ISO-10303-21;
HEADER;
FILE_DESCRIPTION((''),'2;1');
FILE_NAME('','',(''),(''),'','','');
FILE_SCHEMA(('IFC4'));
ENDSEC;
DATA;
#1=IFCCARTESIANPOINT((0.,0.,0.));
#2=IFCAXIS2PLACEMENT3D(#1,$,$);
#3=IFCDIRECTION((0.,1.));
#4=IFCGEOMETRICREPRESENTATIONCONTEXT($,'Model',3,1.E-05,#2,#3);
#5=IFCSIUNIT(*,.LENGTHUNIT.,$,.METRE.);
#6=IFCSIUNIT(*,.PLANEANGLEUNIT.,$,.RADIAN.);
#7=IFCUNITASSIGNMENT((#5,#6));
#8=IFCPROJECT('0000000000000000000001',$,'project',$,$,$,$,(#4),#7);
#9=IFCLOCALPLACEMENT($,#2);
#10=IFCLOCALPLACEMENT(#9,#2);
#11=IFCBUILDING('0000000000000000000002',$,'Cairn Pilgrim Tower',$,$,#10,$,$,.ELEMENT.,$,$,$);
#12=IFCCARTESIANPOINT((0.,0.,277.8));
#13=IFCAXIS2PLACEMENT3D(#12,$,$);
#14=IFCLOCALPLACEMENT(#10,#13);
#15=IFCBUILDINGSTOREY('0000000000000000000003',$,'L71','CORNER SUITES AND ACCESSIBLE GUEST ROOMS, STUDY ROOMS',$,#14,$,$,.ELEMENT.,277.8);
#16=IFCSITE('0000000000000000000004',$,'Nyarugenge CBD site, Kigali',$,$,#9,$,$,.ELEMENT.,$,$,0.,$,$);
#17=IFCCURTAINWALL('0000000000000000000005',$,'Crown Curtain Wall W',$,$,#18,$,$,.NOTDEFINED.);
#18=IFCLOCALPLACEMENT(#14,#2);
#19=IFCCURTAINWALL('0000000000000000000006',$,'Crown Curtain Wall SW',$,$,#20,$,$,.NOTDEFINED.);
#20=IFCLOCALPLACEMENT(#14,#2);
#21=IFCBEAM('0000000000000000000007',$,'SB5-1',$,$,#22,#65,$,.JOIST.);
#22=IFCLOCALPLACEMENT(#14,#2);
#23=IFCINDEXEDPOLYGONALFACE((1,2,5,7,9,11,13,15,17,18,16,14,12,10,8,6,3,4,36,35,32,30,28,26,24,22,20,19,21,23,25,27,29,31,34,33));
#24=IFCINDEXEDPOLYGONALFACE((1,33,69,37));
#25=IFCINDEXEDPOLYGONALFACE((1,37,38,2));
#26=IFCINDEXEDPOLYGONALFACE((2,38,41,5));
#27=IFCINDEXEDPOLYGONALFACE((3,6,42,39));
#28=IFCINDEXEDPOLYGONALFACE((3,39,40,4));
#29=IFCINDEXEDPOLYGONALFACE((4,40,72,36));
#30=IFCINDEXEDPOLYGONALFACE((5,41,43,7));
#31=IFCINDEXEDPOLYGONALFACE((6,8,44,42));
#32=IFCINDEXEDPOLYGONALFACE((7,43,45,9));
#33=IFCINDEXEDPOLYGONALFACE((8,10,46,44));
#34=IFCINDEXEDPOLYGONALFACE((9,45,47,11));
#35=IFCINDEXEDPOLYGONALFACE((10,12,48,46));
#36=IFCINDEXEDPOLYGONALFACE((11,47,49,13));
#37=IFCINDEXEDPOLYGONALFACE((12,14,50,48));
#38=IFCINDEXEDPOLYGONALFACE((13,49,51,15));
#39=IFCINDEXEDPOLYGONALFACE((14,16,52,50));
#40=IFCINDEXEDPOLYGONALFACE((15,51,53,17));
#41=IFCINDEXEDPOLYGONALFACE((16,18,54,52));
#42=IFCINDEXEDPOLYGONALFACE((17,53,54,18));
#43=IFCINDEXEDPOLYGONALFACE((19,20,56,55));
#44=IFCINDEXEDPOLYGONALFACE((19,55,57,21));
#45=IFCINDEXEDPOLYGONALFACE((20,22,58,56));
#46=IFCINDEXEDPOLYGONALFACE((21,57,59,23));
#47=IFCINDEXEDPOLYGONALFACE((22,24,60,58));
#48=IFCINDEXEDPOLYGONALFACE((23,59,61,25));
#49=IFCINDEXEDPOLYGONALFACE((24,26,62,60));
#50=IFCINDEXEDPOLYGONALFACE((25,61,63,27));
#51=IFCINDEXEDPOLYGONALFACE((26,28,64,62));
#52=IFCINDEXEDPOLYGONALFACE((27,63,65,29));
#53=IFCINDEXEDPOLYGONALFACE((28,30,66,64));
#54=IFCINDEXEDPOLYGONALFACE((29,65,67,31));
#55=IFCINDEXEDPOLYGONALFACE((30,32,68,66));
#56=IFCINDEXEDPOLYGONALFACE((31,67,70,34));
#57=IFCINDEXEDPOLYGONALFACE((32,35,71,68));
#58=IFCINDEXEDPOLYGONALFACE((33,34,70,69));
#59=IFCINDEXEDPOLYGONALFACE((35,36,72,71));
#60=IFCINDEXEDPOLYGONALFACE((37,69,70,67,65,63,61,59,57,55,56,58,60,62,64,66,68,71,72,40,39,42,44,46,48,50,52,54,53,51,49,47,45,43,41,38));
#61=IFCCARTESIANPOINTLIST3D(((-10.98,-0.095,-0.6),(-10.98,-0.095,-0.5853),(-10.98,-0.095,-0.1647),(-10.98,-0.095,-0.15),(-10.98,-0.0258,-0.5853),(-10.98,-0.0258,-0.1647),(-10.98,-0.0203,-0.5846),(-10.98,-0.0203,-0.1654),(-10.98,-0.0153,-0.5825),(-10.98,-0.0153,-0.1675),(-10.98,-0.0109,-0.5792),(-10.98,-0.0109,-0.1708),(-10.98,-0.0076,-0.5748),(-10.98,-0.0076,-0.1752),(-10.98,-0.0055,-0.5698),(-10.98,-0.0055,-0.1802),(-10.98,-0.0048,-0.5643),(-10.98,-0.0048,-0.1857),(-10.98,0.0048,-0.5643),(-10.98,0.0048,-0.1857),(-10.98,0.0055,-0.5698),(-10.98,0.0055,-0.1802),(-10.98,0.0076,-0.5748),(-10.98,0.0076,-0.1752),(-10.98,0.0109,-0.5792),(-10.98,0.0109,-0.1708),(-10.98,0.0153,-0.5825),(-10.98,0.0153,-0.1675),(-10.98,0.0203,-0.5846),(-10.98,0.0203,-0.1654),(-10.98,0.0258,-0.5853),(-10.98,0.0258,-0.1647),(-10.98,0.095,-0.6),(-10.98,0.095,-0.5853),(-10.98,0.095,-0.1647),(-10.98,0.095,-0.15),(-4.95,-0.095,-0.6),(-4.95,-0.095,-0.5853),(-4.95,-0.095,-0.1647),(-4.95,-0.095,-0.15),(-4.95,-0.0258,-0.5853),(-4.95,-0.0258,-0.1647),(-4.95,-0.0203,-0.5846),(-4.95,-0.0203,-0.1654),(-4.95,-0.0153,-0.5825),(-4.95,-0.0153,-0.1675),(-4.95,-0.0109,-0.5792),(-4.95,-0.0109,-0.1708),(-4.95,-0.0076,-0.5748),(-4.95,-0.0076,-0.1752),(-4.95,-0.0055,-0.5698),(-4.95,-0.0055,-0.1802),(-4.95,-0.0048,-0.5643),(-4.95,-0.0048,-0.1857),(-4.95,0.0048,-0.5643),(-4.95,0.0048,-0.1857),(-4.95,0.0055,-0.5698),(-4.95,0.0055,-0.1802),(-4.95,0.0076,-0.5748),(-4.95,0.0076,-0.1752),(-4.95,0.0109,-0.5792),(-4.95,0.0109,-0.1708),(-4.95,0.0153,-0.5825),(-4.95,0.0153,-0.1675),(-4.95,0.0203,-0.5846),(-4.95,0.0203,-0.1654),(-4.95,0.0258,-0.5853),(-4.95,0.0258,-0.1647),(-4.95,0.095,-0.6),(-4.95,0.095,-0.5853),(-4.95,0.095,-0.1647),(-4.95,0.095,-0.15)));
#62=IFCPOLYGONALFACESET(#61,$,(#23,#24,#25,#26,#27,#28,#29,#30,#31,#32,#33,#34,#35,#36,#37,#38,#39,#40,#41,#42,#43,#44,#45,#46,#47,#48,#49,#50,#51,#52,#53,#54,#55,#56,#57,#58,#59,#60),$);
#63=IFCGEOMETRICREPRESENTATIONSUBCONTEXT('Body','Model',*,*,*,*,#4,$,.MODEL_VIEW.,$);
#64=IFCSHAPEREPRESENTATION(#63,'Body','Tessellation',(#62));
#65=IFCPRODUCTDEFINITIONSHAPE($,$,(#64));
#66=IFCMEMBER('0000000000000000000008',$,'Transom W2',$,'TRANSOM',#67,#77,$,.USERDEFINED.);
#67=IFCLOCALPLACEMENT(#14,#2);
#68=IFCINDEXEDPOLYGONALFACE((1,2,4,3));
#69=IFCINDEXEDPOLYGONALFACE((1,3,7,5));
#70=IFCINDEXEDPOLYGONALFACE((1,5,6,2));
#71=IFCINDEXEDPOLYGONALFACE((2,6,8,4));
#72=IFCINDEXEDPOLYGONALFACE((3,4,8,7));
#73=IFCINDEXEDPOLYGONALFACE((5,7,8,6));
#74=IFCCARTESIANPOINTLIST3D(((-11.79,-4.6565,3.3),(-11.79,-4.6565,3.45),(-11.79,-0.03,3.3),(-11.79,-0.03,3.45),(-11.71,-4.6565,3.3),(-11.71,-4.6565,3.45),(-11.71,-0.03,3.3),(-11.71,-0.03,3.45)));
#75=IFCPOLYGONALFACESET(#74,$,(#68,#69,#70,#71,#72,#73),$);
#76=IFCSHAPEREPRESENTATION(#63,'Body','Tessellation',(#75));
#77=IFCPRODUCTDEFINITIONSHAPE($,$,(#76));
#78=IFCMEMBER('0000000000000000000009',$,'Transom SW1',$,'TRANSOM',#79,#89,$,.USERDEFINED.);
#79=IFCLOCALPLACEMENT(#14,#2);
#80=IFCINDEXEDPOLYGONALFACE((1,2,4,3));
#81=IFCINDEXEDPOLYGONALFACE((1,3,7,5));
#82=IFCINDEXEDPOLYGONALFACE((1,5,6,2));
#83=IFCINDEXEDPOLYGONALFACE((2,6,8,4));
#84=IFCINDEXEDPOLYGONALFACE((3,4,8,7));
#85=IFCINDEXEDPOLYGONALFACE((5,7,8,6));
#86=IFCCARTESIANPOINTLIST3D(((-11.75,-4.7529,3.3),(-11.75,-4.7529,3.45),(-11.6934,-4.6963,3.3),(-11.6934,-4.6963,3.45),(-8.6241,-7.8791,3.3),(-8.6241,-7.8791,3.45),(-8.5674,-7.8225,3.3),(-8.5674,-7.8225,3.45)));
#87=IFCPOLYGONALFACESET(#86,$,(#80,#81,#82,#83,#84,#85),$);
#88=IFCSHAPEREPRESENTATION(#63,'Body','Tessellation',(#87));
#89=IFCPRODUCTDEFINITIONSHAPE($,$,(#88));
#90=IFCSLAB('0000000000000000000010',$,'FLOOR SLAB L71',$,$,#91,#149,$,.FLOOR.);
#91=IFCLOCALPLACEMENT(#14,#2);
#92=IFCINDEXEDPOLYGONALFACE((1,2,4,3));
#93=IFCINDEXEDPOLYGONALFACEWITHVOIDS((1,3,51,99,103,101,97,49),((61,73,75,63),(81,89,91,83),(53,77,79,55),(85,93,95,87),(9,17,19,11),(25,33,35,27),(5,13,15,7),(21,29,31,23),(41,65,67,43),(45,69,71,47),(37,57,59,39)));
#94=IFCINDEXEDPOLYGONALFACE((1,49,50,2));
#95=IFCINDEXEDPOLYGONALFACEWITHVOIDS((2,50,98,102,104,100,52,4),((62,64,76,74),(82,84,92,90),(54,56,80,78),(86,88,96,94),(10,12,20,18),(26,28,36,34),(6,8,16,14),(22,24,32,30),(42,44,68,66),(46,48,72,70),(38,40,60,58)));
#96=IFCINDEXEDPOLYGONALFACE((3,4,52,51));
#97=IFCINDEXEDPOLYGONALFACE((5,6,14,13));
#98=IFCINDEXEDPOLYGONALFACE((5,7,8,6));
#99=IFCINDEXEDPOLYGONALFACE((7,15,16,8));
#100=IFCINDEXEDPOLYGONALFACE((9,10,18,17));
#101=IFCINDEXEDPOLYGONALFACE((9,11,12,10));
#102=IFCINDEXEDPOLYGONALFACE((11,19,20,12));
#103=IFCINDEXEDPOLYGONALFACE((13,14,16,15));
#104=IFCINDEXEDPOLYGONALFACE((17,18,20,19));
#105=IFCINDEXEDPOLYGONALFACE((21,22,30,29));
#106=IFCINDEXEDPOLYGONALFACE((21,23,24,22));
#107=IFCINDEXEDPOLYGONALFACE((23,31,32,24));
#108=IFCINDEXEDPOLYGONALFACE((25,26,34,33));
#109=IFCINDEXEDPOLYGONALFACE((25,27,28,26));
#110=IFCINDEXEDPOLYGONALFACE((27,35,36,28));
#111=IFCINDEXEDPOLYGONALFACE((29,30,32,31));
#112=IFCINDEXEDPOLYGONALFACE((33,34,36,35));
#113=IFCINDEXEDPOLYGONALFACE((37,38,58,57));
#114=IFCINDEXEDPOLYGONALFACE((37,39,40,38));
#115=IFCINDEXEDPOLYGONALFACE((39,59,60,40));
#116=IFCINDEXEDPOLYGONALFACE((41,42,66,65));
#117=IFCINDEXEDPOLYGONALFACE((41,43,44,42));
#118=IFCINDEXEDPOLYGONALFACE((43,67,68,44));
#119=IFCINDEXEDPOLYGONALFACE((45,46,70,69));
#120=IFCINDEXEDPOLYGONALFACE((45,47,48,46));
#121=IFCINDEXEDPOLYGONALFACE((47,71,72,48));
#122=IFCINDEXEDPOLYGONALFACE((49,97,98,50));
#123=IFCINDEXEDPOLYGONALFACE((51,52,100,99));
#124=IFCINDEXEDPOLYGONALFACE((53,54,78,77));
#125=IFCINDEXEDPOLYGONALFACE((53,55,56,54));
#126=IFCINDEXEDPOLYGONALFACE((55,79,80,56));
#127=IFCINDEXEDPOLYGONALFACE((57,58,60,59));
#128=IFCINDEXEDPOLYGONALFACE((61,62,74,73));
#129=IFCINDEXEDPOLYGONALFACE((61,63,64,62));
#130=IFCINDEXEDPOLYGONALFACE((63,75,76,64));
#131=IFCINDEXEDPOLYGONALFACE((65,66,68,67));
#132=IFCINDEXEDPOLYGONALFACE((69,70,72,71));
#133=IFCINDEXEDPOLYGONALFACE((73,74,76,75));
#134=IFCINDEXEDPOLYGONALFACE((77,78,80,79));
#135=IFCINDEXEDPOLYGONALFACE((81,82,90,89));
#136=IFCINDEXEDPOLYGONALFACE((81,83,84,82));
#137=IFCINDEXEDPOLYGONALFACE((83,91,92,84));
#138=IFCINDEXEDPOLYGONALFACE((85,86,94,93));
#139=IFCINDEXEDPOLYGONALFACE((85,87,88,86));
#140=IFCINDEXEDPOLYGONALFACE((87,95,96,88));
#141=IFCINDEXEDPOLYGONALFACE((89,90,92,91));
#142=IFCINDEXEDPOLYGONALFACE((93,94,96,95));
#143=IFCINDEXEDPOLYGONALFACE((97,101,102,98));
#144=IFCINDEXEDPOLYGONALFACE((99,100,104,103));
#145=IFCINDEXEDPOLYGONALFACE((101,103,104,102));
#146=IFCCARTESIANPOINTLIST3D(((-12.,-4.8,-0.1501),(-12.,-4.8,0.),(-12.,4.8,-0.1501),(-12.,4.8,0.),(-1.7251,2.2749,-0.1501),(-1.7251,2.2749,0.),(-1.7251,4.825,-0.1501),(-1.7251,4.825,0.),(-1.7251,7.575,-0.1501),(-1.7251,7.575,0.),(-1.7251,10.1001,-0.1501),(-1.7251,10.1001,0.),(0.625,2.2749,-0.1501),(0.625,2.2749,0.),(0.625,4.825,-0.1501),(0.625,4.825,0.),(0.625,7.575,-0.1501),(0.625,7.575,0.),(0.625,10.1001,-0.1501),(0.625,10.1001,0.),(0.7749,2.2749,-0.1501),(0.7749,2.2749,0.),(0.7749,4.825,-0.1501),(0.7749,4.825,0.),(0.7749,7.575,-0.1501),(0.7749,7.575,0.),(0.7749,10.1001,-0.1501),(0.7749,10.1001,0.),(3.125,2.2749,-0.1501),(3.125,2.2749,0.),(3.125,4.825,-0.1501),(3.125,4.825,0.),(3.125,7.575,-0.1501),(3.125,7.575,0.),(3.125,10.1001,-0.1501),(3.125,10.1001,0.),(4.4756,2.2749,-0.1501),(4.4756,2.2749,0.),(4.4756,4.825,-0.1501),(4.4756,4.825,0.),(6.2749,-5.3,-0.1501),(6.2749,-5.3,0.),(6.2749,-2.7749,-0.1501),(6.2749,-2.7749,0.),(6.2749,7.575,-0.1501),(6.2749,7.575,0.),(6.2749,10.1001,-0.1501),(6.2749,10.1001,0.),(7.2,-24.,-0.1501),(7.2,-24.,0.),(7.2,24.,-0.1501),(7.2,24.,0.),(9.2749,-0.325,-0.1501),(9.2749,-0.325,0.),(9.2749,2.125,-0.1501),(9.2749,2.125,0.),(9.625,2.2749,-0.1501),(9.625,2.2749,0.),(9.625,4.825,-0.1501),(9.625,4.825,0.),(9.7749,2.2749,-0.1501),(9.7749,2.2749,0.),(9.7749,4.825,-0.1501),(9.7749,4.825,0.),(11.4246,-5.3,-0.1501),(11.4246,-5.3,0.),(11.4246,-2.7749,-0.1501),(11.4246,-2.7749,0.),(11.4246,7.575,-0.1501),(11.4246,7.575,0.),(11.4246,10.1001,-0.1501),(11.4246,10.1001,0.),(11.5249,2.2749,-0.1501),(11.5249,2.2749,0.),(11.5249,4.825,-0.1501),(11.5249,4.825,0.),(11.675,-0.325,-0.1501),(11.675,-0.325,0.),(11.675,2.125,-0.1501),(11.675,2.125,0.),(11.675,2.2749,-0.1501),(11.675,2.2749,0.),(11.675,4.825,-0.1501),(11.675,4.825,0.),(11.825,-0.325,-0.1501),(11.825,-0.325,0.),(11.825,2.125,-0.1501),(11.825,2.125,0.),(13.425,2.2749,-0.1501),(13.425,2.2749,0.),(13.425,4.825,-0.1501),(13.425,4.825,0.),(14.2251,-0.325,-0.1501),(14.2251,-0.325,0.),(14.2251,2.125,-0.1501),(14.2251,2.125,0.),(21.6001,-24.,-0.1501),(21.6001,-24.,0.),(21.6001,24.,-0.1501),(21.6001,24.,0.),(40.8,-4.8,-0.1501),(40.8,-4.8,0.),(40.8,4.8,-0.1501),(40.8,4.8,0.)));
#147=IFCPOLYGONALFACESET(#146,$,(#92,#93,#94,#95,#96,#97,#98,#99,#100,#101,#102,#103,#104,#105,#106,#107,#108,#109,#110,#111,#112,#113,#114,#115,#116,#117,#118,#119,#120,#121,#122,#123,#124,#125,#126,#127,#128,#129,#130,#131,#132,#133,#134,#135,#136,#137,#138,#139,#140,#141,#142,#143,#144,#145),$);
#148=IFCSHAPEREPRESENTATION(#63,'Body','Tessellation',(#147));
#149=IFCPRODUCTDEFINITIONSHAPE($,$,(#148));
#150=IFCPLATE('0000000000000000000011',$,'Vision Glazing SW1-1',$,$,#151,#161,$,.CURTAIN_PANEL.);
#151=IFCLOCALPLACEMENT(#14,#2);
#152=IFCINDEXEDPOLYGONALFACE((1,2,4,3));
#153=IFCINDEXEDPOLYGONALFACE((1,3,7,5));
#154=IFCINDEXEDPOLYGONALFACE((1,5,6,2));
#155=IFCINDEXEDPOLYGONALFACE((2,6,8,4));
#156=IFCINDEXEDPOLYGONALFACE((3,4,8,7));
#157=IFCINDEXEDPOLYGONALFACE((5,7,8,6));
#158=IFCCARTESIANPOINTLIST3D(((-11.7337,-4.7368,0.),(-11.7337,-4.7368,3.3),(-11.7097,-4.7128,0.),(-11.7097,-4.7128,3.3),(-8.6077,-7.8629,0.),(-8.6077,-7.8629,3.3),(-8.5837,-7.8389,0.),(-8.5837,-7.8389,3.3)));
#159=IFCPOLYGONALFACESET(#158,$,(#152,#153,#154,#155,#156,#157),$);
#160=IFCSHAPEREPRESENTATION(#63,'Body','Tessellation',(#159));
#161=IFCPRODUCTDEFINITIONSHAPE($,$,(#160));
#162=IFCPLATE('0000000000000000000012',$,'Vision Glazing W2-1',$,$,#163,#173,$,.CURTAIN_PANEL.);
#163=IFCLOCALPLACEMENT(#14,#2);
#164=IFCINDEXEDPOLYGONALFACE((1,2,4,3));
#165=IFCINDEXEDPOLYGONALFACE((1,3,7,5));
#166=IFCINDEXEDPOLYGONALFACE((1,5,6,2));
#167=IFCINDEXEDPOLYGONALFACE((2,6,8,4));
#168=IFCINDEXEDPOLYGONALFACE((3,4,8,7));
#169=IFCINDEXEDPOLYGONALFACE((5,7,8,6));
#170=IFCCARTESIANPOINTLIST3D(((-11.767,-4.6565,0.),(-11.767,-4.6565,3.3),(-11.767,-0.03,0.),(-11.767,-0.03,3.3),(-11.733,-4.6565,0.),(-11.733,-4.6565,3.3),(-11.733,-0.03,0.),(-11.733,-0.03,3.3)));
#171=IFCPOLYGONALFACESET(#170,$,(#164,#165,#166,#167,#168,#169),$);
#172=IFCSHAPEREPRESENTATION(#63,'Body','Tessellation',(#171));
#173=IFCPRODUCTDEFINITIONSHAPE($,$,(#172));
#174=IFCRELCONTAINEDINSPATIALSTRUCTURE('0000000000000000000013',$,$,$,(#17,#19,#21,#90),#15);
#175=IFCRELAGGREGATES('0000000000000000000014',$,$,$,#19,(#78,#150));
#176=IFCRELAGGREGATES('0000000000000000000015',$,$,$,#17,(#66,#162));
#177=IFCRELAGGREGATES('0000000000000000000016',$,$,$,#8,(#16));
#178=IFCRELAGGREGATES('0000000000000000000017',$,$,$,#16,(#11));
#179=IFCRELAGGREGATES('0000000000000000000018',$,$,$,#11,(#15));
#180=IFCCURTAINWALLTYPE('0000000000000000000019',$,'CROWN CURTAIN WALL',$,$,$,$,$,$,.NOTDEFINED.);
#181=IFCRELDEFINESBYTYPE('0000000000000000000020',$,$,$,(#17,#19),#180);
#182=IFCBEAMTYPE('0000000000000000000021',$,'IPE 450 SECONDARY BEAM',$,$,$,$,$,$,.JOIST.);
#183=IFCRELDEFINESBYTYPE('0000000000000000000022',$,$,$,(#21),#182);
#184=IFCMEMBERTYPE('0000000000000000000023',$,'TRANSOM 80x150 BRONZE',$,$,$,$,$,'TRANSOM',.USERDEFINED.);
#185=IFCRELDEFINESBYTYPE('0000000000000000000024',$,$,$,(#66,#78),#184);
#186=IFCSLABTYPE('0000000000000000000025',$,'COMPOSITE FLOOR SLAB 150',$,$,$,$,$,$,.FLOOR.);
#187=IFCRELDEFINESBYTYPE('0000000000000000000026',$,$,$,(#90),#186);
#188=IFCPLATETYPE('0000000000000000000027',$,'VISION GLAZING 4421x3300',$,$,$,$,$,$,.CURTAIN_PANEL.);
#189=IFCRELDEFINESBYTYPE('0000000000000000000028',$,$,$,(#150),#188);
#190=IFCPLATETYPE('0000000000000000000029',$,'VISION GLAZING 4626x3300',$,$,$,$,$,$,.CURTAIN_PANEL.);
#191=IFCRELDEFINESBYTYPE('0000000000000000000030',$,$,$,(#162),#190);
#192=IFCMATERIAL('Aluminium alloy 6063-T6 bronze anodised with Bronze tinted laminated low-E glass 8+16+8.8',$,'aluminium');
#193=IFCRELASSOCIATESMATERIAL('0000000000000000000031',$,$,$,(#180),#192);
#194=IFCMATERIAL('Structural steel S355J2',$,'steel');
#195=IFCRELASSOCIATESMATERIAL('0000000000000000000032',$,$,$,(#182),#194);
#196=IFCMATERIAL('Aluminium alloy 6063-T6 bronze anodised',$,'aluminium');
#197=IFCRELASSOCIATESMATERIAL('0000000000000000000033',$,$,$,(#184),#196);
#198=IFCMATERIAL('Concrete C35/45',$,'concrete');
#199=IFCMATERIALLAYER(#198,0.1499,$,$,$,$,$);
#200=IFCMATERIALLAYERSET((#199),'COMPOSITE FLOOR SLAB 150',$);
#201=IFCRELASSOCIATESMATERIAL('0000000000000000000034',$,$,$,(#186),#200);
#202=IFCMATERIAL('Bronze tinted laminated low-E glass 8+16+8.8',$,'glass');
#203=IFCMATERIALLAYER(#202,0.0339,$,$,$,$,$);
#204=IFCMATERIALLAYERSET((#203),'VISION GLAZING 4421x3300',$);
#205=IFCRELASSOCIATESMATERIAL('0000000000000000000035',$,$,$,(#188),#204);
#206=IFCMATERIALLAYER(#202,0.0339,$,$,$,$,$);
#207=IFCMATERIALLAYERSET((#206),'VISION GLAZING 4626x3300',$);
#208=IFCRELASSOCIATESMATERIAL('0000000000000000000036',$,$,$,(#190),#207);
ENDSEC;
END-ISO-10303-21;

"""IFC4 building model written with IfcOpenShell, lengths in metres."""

from ifc_helpers import new_model, si_unit, direction, frame, origin, origin_2d, place, context, subcontext, project, spatial, polyline, rectangle, i_section, outline, extrude, material, layer, layer_set, material_profile, profile_set, type_object, element, aggregate, save


model = new_model("IFC4")

# Units and contexts
model_context = context("Model", 3, precision=1e-05, world=origin(), true_north=direction((0.0, 1.0)))
body_context = subcontext(model_context, "Body", "Model", "MODEL_VIEW")
ifc_project = project(units=[si_unit("LENGTHUNIT", "METRE"), si_unit("PLANEANGLEUNIT", "RADIAN")], contexts=[model_context])

# Site, building, storey
site_placement = place(None, origin())
site = spatial("IfcSite", under=ifc_project, at=site_placement, Name="Nyarugenge CBD site, Kigali", CompositionType="ELEMENT", RefElevation=0.0)
building_placement = place(site_placement, origin())
building = spatial("IfcBuilding", under=site, at=building_placement, Name="Cairn Pilgrim Tower", CompositionType="ELEMENT")
storey_placement = place(building_placement, frame((0.0, 0.0, 277.8)))
storey = spatial("IfcBuildingStorey", under=building, at=storey_placement, Name="L71", Description="CORNER SUITES AND ACCESSIBLE GUEST ROOMS, STUDY ROOMS", CompositionType="ELEMENT", Elevation=277.8)

# Shared definitions
ifc_material_1 = material(Name="Structural steel S355J2", Category="steel")

# Curtain wall
ifc_material_2 = material(Name="Aluminium alloy 6063-T6 bronze anodised with Bronze tinted laminated low-E glass 8+16+8.8", Category="aluminium")
curtain_wall_type = type_object("IfcCurtainWallType", Name="CROWN CURTAIN WALL", PredefinedType="NOTDEFINED", material=ifc_material_2)
curtain_wall_1_placement = place(storey_placement, origin())
curtain_wall_1 = element("IfcCurtainWall", 1, at=curtain_wall_1_placement, inside=storey, type_object=curtain_wall_type, Name="Crown Curtain Wall W", PredefinedType="NOTDEFINED")
ifc_material_3 = material(Name="Aluminium alloy 6063-T6 bronze anodised", Category="aluminium")

# Curtain wall
curtain_wall_2_placement = place(storey_placement, origin())
curtain_wall_2 = element("IfcCurtainWall", 2, at=curtain_wall_2_placement, inside=storey, type_object=curtain_wall_type, Name="Crown Curtain Wall SW", PredefinedType="NOTDEFINED")

# Beam
ifc_material_profile_1 = material_profile(ifc_material_1, i_section(OverallWidth=0.1899, OverallDepth=0.45, WebThickness=0.0095, FlangeThickness=0.0146, FilletRadius=0.021, at=origin_2d()), Name="IPE 450")
ifc_profile_set_1 = profile_set([ifc_material_profile_1], Name="Structural steel S355J2")
beam_type_1 = type_object("IfcBeamType", Name="IPE 450 SECONDARY BEAM", PredefinedType="JOIST", material=ifc_profile_set_1)
beam_1_placement = place(storey_placement, frame((-10.98, 0.0, -0.375), z_axis=(1.0, 0.0, 0.0), x_axis=(0.0, 1.0, 0.0)))
element("IfcBeam", 3, at=beam_1_placement, inside=storey, type_object=beam_type_1, Name="SB5-1", PredefinedType="JOIST", context=body_context, shape_type="SweptSolid", body=[
    extrude(i_section(OverallWidth=0.1899, OverallDepth=0.45, WebThickness=0.0095, FlangeThickness=0.0146, FilletRadius=0.021, at=origin_2d()), origin(), (0.0, 0.0, 1.0), 6.03),
])

# Members
ifc_material_profile_2 = material_profile(ifc_material_3, rectangle(XDim=0.0801, YDim=0.1499, at=origin_2d()), Name="TRANSOM 80x150 BRONZE")
ifc_profile_set_2 = profile_set([ifc_material_profile_2], Name="Aluminium alloy 6063-T6 bronze anodised")
member_type_1 = type_object("IfcMemberType", Name="TRANSOM 80x150 BRONZE", ElementType="TRANSOM", PredefinedType="USERDEFINED", material=ifc_profile_set_2)
member_1_placement = place(storey_placement, frame((-11.75, -0.03, 3.375), z_axis=(0.0, -1.0, 0.0), x_axis=(1.0, 0.0, 0.0)))
member_1 = element("IfcMember", 4, at=member_1_placement, type_object=member_type_1, Name="Transom W2", ObjectType="TRANSOM", PredefinedType="USERDEFINED", context=body_context, shape_type="SweptSolid", body=[
    extrude(rectangle(XDim=0.0801, YDim=0.1499, at=origin_2d()), origin(), (0.0, 0.0, 1.0), 4.6265),
])
member_2_placement = place(storey_placement, frame((-11.7217, -4.7246, 3.375), z_axis=(0.707079, -0.707134, 0.0), x_axis=(0.707134, 0.707079, 0.0)))
member_2 = element("IfcMember", 5, at=member_2_placement, type_object=member_type_1, Name="Transom SW1", ObjectType="TRANSOM", PredefinedType="USERDEFINED", context=body_context, shape_type="SweptSolid", body=[
    extrude(rectangle(XDim=0.0801, YDim=0.1499, at=origin_2d()), origin(), (0.0, 0.0, 1.0), 4.4209),
])

# Slab
ifc_material_4 = material(Name="Concrete C35/45", Category="concrete")
ifc_layer_1 = layer(ifc_material_4, 0.1499)
ifc_layer_set_1 = layer_set([ifc_layer_1], Name="COMPOSITE FLOOR SLAB 150")
slab_type_1 = type_object("IfcSlabType", Name="COMPOSITE FLOOR SLAB 150", PredefinedType="FLOOR", material=ifc_layer_set_1)
slab_1_placement = place(storey_placement, frame((0.0, 0.0, -0.1501)))
element("IfcSlab", 6, at=slab_1_placement, inside=storey, type_object=slab_type_1, Name="FLOOR SLAB L71", PredefinedType="FLOOR", context=body_context, shape_type="SweptSolid", body=[
    extrude(outline(polyline([(7.2, -24.0), (21.6001, -24.0), (40.8, -4.8), (40.8, 4.8), (21.6001, 24.0), (7.2, 24.0), (-12.0, 4.8), (-12.0, -4.8), (7.2, -24.0)]), holes=[polyline([(9.2749, -0.325), (11.675, -0.325), (11.675, 2.125), (9.2749, 2.125), (9.2749, -0.325)]), polyline([(11.825, -0.325), (14.2251, -0.325), (14.2251, 2.125), (11.825, 2.125), (11.825, -0.325)]), polyline([(-1.7251, 2.2749), (0.625, 2.2749), (0.625, 4.825), (-1.7251, 4.825), (-1.7251, 2.2749)]), polyline([(0.7749, 2.2749), (3.125, 2.2749), (3.125, 4.825), (0.7749, 4.825), (0.7749, 2.2749)]), polyline([(-1.7251, 7.575), (0.625, 7.575), (0.625, 10.1001), (-1.7251, 10.1001), (-1.7251, 7.575)]), polyline([(0.7749, 7.575), (3.125, 7.575), (3.125, 10.1001), (0.7749, 10.1001), (0.7749, 7.575)]), polyline([(9.7749, 2.2749), (11.5249, 2.2749), (11.5249, 4.825), (9.7749, 4.825), (9.7749, 2.2749)]), polyline([(11.675, 2.2749), (13.425, 2.2749), (13.425, 4.825), (11.675, 4.825), (11.675, 2.2749)]), polyline([(11.4246, -2.7749), (6.2749, -2.7749), (6.2749, -5.3), (11.4246, -5.3), (11.4246, -2.7749)]), polyline([(4.4756, 2.2749), (9.625, 2.2749), (9.625, 4.825), (4.4756, 4.825), (4.4756, 2.2749)]), polyline([(11.4246, 10.1001), (6.2749, 10.1001), (6.2749, 7.575), (11.4246, 7.575), (11.4246, 10.1001)])]), origin(), (0.0, 0.0, 1.0), 0.1501),
])

# Plates
ifc_material_5 = material(Name="Bronze tinted laminated low-E glass 8+16+8.8", Category="glass")
ifc_layer_2 = layer(ifc_material_5, 0.0339)
ifc_layer_set_2 = layer_set([ifc_layer_2], Name="VISION GLAZING 4421x3300")
plate_type_1 = type_object("IfcPlateType", Name="VISION GLAZING 4421x3300", PredefinedType="CURTAIN_PANEL", material=ifc_layer_set_2)
plate_1_placement = place(storey_placement, frame((-10.1587, -6.2878, 0.0), z_axis=(0.0, 0.0, 1.0), x_axis=(0.707107, -0.707107, 0.0)))
plate_1 = element("IfcPlate", 7, at=plate_1_placement, type_object=plate_type_1, Name="Vision Glazing SW1-1", PredefinedType="CURTAIN_PANEL", context=body_context, shape_type="SweptSolid", body=[
    extrude(rectangle(XDim=4.4209, YDim=0.0339, at=origin_2d()), origin(), (0.0, 0.0, 1.0), 3.3),
])
aggregate(curtain_wall_2, [member_2, plate_1])
ifc_layer_3 = layer(ifc_material_5, 0.0339)
ifc_layer_set_3 = layer_set([ifc_layer_3], Name="VISION GLAZING 4626x3300")
plate_type_2 = type_object("IfcPlateType", Name="VISION GLAZING 4626x3300", PredefinedType="CURTAIN_PANEL", material=ifc_layer_set_3)
plate_2_placement = place(storey_placement, frame((-11.75, -2.3433, 0.0), z_axis=(0.0, 0.0, 1.0), x_axis=(0.0, -1.0, 0.0)))
plate_2 = element("IfcPlate", 8, at=plate_2_placement, type_object=plate_type_2, Name="Vision Glazing W2-1", PredefinedType="CURTAIN_PANEL", context=body_context, shape_type="SweptSolid", body=[
    extrude(rectangle(XDim=4.6265, YDim=0.0339, at=origin_2d()), origin(), (0.0, 0.0, 1.0), 3.3),
])
aggregate(curtain_wall_1, [member_1, plate_2])

save(model, "model.ifc")
